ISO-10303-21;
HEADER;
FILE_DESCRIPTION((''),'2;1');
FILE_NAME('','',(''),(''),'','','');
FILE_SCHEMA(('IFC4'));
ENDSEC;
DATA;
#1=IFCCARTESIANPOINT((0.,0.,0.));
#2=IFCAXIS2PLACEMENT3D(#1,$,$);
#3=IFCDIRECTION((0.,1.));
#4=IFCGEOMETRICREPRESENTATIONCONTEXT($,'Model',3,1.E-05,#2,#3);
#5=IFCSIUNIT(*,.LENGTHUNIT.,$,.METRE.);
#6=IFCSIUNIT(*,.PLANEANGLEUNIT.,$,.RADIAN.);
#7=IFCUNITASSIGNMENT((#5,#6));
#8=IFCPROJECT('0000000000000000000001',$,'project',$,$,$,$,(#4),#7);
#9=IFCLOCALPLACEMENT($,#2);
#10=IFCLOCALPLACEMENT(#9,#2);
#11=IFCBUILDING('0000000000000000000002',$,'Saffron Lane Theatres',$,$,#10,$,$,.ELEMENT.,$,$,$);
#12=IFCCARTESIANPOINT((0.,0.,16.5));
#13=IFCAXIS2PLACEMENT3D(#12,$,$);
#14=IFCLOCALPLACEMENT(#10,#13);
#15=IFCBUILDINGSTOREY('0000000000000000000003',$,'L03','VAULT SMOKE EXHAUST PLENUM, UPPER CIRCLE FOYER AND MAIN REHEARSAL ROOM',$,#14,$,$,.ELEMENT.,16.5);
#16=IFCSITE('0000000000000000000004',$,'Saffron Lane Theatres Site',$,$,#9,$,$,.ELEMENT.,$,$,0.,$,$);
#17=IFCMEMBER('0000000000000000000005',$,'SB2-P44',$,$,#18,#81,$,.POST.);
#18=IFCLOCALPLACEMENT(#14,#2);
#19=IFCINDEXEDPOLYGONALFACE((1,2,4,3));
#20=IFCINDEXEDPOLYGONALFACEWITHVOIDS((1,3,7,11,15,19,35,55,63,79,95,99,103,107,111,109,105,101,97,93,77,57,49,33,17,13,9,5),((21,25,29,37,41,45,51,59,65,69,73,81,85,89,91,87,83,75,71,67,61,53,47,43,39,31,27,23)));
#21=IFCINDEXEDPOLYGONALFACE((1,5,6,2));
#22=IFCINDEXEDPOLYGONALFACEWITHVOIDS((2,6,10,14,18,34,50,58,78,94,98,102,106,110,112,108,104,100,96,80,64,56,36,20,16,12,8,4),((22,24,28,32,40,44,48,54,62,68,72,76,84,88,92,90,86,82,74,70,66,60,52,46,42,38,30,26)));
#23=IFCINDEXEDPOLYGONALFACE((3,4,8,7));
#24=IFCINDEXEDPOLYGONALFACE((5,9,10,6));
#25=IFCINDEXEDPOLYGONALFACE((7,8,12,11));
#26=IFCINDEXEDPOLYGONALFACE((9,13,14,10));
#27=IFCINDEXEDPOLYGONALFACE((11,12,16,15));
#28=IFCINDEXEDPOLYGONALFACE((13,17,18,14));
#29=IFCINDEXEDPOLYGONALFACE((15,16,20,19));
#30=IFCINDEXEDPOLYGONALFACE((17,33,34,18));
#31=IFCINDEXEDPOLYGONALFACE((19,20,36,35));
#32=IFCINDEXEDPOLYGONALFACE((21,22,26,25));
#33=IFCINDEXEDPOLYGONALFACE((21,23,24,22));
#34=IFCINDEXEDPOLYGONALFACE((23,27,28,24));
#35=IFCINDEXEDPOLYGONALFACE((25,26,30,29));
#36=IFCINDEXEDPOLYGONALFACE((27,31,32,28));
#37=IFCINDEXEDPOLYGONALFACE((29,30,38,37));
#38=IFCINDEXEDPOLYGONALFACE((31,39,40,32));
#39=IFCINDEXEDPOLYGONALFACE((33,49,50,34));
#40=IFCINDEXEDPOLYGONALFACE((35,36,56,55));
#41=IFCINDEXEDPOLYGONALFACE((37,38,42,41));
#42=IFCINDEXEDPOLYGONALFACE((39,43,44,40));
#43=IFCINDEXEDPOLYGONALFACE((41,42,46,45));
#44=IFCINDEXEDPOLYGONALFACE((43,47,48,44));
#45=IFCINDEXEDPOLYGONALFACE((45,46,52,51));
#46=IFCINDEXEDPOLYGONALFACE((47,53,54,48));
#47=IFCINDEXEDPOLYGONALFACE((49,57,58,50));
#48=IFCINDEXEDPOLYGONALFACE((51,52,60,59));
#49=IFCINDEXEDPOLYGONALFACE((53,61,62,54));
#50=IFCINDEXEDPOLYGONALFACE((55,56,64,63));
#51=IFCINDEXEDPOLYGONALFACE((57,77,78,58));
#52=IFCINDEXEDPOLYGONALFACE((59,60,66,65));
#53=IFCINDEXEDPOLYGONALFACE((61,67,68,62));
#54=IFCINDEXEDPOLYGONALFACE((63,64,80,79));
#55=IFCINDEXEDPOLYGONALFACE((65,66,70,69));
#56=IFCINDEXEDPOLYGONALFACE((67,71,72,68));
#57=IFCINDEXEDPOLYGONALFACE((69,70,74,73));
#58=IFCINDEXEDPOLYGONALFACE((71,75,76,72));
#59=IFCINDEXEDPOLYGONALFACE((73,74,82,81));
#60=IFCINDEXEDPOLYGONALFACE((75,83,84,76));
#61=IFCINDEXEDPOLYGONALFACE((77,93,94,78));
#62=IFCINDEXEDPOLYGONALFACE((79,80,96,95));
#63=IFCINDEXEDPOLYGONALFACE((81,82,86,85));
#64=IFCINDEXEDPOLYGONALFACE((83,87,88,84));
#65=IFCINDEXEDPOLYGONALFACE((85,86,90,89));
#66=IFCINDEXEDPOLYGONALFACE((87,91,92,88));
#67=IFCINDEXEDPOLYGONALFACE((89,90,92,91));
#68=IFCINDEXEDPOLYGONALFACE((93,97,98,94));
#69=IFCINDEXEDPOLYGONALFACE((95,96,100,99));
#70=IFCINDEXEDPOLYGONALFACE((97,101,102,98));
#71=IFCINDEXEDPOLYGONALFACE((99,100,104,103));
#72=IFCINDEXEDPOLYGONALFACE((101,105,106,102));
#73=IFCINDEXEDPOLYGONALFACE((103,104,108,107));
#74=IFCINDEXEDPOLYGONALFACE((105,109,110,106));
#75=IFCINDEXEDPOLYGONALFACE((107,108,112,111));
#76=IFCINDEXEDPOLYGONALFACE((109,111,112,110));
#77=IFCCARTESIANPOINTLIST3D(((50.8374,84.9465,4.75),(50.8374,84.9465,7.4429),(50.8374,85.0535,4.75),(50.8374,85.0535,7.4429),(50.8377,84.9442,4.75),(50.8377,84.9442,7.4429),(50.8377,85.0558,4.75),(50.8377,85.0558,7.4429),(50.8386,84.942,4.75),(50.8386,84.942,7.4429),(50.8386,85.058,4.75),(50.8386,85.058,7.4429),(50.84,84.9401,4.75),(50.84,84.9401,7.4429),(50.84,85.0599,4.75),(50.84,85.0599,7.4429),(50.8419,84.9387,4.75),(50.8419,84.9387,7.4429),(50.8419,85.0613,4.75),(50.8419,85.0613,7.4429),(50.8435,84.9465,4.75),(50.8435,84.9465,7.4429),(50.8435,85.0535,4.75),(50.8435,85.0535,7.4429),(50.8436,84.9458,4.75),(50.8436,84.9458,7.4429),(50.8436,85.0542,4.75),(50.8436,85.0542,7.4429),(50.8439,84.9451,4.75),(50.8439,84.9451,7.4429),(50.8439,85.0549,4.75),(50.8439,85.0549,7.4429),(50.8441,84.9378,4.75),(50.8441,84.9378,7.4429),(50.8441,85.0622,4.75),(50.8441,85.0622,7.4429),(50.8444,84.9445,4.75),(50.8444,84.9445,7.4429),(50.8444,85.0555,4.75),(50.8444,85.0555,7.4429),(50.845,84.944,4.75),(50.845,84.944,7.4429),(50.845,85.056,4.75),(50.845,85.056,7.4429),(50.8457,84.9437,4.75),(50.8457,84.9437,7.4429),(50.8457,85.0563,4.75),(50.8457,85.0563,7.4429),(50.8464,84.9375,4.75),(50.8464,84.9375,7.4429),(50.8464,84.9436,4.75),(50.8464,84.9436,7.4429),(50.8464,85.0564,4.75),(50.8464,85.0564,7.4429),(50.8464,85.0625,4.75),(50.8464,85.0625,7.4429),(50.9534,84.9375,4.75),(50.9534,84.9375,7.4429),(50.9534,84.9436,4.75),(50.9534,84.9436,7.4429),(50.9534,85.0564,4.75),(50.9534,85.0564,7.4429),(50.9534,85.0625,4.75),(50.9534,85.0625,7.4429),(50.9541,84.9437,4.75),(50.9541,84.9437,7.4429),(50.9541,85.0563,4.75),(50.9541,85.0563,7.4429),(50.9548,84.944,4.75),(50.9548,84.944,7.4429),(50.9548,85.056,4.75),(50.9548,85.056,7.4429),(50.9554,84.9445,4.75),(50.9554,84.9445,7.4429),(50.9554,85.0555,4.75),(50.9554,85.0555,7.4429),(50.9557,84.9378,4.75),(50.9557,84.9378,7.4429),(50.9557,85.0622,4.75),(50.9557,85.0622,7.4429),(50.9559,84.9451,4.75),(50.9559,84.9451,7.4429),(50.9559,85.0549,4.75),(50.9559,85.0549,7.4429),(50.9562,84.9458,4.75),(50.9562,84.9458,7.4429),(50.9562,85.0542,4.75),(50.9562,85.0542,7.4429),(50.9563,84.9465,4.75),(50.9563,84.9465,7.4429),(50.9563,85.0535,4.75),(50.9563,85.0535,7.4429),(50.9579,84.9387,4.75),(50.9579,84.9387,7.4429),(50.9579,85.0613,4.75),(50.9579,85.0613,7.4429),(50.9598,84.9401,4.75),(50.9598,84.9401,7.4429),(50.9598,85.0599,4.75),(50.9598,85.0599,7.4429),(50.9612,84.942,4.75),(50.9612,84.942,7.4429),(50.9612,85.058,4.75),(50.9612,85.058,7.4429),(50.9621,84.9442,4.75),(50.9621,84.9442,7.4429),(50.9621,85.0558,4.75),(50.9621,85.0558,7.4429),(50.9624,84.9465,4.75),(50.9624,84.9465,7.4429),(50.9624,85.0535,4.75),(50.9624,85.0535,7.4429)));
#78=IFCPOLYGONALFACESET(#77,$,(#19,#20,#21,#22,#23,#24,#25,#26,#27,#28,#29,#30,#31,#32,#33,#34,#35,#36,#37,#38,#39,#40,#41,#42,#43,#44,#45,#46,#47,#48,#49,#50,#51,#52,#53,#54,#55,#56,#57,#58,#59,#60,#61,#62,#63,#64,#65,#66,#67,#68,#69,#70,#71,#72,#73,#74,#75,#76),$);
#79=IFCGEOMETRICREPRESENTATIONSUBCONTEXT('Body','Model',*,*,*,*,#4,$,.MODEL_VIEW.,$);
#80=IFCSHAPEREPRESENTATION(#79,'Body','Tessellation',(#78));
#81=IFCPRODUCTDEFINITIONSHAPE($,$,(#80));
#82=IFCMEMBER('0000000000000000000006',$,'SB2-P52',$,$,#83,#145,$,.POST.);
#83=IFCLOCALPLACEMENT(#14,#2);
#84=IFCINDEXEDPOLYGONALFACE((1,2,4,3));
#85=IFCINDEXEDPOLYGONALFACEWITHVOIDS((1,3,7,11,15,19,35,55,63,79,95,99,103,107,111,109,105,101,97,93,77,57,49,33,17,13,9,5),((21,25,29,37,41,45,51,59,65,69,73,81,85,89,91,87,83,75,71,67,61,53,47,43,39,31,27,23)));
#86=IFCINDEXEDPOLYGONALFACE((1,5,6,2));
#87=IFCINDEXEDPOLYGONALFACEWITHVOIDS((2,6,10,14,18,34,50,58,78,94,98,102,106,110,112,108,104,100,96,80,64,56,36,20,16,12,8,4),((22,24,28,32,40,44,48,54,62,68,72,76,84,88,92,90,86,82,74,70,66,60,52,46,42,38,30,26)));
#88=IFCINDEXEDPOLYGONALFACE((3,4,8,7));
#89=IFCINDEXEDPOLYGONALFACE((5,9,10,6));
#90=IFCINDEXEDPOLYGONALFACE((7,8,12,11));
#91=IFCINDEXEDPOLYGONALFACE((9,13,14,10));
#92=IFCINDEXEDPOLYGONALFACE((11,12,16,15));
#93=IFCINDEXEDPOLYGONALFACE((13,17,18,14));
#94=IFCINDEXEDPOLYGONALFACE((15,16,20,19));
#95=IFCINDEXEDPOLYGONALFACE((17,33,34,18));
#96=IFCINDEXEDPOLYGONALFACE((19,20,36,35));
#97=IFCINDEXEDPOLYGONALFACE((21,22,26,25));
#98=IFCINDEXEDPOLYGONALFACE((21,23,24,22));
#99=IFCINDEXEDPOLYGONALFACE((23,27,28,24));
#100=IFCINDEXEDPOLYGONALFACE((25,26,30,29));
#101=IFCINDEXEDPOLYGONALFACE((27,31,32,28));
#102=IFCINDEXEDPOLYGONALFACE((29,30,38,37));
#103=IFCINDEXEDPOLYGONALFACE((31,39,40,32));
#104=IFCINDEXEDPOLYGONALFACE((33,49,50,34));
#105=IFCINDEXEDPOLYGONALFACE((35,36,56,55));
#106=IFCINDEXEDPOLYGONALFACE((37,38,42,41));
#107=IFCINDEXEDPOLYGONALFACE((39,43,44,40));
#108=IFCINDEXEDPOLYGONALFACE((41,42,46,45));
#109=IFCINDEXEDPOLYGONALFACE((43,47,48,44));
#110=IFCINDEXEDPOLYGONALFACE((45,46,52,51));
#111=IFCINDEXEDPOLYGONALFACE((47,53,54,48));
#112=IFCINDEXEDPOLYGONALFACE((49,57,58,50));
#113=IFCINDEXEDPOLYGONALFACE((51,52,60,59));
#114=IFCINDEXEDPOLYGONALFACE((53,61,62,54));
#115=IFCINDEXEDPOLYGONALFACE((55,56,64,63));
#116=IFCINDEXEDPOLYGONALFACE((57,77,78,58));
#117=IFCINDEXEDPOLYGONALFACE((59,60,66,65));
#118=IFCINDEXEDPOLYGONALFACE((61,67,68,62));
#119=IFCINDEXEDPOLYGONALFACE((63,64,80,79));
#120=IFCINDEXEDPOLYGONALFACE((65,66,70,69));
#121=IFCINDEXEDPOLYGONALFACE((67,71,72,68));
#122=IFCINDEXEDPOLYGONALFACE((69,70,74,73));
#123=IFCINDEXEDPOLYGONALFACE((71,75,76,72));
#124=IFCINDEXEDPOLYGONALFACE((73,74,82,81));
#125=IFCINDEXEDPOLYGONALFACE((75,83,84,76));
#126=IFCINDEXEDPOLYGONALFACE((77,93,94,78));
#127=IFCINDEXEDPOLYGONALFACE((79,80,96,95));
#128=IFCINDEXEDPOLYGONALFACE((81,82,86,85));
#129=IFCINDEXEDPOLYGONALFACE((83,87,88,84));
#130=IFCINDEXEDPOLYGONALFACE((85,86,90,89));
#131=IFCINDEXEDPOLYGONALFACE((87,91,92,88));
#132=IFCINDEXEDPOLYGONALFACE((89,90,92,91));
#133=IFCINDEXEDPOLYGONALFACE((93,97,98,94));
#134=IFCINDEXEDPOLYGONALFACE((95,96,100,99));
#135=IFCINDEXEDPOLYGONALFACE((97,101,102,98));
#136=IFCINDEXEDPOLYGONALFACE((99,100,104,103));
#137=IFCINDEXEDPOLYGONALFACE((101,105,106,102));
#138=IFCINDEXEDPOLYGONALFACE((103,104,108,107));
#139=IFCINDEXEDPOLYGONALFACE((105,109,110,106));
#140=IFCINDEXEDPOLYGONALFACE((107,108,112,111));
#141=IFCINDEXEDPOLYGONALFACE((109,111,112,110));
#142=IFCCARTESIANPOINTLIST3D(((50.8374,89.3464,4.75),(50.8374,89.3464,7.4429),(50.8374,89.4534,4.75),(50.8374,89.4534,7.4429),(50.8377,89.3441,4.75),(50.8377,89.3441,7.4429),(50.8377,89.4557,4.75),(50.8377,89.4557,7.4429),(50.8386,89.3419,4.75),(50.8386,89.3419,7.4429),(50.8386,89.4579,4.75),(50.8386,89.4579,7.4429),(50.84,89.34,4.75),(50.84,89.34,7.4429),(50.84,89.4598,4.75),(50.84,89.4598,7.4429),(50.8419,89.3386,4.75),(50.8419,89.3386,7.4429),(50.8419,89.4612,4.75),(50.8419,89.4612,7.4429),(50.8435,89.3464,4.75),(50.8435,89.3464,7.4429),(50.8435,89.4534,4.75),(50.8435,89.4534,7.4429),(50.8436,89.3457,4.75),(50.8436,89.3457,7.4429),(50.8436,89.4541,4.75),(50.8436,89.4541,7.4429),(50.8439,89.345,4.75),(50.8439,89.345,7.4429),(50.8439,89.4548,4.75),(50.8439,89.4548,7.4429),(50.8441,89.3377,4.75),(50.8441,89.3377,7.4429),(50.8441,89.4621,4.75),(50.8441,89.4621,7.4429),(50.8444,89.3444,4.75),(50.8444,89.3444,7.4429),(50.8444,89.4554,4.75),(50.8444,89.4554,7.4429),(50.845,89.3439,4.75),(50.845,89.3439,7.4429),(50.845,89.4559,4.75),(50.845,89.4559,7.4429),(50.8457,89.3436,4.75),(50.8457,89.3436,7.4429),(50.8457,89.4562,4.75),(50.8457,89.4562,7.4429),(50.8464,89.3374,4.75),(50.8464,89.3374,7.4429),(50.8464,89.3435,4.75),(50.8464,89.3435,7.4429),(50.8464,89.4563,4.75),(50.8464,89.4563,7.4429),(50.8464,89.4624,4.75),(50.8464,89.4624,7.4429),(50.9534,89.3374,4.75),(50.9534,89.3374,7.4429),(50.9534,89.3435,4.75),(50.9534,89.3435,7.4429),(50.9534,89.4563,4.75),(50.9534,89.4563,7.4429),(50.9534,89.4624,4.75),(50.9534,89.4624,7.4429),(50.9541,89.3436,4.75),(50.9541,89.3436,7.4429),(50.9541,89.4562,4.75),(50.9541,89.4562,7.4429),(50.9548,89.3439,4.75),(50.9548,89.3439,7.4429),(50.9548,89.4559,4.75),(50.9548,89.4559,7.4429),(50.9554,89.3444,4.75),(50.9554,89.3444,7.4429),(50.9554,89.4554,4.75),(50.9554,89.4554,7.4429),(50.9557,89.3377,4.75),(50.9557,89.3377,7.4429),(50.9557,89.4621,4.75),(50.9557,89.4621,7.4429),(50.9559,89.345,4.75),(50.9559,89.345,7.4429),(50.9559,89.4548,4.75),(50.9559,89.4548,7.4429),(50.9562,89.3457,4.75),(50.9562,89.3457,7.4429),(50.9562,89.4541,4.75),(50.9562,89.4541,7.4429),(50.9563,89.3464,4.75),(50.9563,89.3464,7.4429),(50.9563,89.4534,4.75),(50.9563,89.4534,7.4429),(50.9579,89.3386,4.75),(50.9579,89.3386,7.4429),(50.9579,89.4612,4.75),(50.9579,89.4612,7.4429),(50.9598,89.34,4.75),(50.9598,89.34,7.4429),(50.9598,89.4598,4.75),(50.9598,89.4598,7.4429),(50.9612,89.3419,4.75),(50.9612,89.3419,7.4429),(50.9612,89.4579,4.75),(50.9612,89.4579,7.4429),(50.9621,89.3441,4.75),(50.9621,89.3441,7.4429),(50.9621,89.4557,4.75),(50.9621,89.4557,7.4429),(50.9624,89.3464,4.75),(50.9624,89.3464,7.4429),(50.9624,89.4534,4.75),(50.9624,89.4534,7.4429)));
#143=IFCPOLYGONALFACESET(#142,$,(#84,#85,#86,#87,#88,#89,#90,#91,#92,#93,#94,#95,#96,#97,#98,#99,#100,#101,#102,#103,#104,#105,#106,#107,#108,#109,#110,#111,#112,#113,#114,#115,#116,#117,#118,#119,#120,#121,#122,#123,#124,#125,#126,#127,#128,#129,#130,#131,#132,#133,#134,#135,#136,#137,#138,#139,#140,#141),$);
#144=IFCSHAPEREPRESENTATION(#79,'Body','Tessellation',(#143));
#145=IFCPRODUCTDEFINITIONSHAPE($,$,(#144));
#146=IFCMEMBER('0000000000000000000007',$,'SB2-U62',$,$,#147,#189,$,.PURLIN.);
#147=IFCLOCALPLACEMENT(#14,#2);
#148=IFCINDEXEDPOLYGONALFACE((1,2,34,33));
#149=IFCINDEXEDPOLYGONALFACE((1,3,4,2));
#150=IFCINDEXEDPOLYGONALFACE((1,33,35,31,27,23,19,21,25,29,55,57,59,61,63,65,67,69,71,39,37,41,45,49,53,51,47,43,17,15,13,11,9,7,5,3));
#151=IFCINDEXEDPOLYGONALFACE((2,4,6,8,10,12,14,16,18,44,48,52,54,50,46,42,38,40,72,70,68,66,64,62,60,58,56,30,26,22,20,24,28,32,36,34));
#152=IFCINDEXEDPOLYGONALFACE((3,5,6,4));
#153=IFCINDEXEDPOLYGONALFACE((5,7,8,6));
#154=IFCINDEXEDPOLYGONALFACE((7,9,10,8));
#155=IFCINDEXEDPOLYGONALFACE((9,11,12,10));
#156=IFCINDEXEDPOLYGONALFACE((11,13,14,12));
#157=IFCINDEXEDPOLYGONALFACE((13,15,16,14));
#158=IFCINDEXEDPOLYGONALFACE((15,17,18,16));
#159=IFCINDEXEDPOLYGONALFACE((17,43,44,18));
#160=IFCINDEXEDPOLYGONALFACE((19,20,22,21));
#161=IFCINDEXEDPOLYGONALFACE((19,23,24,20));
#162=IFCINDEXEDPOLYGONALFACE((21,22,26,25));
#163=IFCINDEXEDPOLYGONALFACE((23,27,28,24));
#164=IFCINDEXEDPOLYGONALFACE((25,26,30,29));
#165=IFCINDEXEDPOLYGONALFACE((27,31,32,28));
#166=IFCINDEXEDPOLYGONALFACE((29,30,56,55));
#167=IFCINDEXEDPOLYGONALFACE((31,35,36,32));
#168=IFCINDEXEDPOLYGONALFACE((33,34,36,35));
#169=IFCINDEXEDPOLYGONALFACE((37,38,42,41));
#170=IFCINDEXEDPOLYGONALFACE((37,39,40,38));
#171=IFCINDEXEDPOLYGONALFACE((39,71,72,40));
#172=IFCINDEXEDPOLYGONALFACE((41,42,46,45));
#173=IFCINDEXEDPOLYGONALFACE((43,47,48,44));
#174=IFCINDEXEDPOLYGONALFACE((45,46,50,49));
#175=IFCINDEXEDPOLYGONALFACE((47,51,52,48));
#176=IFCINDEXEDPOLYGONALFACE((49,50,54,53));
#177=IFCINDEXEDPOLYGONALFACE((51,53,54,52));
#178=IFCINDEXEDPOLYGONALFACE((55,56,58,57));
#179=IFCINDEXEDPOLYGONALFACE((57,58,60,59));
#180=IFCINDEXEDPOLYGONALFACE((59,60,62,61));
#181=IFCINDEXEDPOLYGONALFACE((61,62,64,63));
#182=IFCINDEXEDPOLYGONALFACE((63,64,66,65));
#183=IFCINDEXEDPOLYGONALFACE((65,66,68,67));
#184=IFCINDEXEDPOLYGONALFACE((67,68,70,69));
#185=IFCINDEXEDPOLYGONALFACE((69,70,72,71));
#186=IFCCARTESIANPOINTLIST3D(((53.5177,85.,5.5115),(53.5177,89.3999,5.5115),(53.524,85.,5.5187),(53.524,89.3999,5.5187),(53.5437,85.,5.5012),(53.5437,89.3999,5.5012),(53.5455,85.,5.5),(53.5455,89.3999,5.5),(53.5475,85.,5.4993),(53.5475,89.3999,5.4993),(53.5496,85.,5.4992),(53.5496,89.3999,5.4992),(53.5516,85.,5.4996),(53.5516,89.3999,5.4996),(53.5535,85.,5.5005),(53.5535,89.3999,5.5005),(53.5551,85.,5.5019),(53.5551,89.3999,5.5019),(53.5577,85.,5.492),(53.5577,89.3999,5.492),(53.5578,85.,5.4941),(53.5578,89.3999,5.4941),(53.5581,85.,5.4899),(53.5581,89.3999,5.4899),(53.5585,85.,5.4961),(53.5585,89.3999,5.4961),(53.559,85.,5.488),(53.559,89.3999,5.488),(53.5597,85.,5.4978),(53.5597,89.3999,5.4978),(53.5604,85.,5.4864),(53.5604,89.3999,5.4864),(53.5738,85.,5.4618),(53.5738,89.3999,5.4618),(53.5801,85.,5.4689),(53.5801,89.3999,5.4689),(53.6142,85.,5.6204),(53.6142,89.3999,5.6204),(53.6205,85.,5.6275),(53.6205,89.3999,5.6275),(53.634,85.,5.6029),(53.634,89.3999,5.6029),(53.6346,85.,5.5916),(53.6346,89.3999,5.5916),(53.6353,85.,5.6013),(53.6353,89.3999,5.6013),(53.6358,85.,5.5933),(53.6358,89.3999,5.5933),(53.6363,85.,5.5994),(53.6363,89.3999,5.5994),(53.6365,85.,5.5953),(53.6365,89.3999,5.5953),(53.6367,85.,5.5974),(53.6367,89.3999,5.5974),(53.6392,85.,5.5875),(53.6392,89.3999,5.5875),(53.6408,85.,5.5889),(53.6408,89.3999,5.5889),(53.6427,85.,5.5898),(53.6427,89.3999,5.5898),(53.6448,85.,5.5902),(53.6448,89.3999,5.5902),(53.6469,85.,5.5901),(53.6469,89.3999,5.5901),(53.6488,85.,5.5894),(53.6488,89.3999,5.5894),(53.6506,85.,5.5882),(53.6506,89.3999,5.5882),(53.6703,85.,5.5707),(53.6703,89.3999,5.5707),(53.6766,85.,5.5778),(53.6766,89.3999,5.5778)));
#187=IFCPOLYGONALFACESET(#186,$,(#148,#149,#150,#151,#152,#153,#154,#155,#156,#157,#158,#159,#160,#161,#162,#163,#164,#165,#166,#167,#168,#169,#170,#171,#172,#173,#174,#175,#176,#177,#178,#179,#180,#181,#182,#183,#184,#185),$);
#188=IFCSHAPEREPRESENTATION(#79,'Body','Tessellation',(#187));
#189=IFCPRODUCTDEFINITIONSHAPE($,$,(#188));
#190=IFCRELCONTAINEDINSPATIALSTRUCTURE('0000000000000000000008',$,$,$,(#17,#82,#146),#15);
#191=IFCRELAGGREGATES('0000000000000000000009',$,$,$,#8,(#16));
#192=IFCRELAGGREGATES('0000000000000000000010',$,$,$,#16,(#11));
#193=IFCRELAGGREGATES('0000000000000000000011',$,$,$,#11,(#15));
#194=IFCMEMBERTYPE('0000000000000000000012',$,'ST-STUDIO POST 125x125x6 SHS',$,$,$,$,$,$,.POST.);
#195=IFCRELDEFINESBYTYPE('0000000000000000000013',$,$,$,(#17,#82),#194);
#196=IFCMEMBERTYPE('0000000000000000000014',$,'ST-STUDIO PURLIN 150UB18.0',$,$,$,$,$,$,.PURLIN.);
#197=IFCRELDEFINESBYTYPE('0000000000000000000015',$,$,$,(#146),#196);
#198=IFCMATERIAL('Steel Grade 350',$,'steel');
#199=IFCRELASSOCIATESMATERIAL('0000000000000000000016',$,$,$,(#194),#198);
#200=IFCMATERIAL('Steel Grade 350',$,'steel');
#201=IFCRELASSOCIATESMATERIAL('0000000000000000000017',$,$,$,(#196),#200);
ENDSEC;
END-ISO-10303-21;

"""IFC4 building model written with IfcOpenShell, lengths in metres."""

from ifc_helpers import new_model, si_unit, direction, frame, origin, origin_2d, place, context, subcontext, project, spatial, hollow_rectangle, i_section, extrude, material, material_profile, profile_set, type_object, element, save


model = new_model("IFC4")

# Units and contexts
model_context = context("Model", 3, precision=1e-05, world=origin(), true_north=direction((0.0, 1.0)))
body_context = subcontext(model_context, "Body", "Model", "MODEL_VIEW")
ifc_project = project(units=[si_unit("LENGTHUNIT", "METRE"), si_unit("PLANEANGLEUNIT", "RADIAN")], contexts=[model_context])

# Site, building, storey
site_placement = place(None, origin())
site = spatial("IfcSite", under=ifc_project, at=site_placement, Name="Saffron Lane Theatres Site", CompositionType="ELEMENT", RefElevation=0.0)
building_placement = place(site_placement, origin())
building = spatial("IfcBuilding", under=site, at=building_placement, Name="Saffron Lane Theatres", CompositionType="ELEMENT")
storey_placement = place(building_placement, frame((0.0, 0.0, 16.5)))
storey = spatial("IfcBuildingStorey", under=building, at=storey_placement, Name="L03", Description="VAULT SMOKE EXHAUST PLENUM, UPPER CIRCLE FOYER AND MAIN REHEARSAL ROOM", CompositionType="ELEMENT", Elevation=16.5)

# Members
ifc_material_1 = material(Name="Steel Grade 350", Category="steel")
ifc_material_profile_1 = material_profile(ifc_material_1, hollow_rectangle(XDim=0.125, YDim=0.125, WallThickness=0.0061, InnerFilletRadius=0.0029, OuterFilletRadius=0.009, at=origin_2d()))
ifc_profile_set_1 = profile_set([ifc_material_profile_1], Name="Steel Grade 350")
member_type_1 = type_object("IfcMemberType", Name="ST-STUDIO POST 125x125x6 SHS", PredefinedType="POST", material=ifc_profile_set_1)
for number, where, z_axis, x_axis, name in (
    (1, (50.8999, 85.0, 4.75), (0.0, 0.0, 1.0), (1.0, 0.0, 0.0), "SB2-P44"),
    (2, (50.8999, 89.3999, 4.75), (0.0, 0.0, 1.0), (1.0, 0.0, 0.0), "SB2-P52"),
):
    element("IfcMember", number, at=place(storey_placement, frame(where, z_axis=z_axis, x_axis=x_axis)), inside=storey, type_object=member_type_1, Name=name, PredefinedType="POST", context=body_context, shape_type="SweptSolid", body=[
        extrude(hollow_rectangle(XDim=0.125, YDim=0.125, WallThickness=0.0061, InnerFilletRadius=0.0029, OuterFilletRadius=0.009, at=origin_2d()), origin(), (0.0, 0.0, 1.0), 2.6929),
    ])
ifc_material_2 = material(Name="Steel Grade 350", Category="steel")
ifc_material_profile_2 = material_profile(ifc_material_2, i_section(OverallWidth=0.075, OverallDepth=0.155, WebThickness=0.0061, FlangeThickness=0.0095, FilletRadius=0.0081, at=origin_2d()))
ifc_profile_set_2 = profile_set([ifc_material_profile_2], Name="Steel Grade 350")
member_type_2 = type_object("IfcMemberType", Name="ST-STUDIO PURLIN 150UB18.0", PredefinedType="PURLIN", material=ifc_profile_set_2)
for number, where, z_axis, x_axis, name in (
    (3, (53.5972, 85.0, 5.5447), (0.0, 1.0, 0.0), (-0.748269, 0.0, 0.663396), "SB2-U62"),
):
    element("IfcMember", number, at=place(storey_placement, frame(where, z_axis=z_axis, x_axis=x_axis)), inside=storey, type_object=member_type_2, Name=name, PredefinedType="PURLIN", context=body_context, shape_type="SweptSolid", body=[
        extrude(i_section(OverallWidth=0.075, OverallDepth=0.155, WebThickness=0.0061, FlangeThickness=0.0095, FilletRadius=0.0081, at=origin_2d()), origin(), (0.0, 0.0, 1.0), 4.3999),
    ])

save(model, "model.ifc")
